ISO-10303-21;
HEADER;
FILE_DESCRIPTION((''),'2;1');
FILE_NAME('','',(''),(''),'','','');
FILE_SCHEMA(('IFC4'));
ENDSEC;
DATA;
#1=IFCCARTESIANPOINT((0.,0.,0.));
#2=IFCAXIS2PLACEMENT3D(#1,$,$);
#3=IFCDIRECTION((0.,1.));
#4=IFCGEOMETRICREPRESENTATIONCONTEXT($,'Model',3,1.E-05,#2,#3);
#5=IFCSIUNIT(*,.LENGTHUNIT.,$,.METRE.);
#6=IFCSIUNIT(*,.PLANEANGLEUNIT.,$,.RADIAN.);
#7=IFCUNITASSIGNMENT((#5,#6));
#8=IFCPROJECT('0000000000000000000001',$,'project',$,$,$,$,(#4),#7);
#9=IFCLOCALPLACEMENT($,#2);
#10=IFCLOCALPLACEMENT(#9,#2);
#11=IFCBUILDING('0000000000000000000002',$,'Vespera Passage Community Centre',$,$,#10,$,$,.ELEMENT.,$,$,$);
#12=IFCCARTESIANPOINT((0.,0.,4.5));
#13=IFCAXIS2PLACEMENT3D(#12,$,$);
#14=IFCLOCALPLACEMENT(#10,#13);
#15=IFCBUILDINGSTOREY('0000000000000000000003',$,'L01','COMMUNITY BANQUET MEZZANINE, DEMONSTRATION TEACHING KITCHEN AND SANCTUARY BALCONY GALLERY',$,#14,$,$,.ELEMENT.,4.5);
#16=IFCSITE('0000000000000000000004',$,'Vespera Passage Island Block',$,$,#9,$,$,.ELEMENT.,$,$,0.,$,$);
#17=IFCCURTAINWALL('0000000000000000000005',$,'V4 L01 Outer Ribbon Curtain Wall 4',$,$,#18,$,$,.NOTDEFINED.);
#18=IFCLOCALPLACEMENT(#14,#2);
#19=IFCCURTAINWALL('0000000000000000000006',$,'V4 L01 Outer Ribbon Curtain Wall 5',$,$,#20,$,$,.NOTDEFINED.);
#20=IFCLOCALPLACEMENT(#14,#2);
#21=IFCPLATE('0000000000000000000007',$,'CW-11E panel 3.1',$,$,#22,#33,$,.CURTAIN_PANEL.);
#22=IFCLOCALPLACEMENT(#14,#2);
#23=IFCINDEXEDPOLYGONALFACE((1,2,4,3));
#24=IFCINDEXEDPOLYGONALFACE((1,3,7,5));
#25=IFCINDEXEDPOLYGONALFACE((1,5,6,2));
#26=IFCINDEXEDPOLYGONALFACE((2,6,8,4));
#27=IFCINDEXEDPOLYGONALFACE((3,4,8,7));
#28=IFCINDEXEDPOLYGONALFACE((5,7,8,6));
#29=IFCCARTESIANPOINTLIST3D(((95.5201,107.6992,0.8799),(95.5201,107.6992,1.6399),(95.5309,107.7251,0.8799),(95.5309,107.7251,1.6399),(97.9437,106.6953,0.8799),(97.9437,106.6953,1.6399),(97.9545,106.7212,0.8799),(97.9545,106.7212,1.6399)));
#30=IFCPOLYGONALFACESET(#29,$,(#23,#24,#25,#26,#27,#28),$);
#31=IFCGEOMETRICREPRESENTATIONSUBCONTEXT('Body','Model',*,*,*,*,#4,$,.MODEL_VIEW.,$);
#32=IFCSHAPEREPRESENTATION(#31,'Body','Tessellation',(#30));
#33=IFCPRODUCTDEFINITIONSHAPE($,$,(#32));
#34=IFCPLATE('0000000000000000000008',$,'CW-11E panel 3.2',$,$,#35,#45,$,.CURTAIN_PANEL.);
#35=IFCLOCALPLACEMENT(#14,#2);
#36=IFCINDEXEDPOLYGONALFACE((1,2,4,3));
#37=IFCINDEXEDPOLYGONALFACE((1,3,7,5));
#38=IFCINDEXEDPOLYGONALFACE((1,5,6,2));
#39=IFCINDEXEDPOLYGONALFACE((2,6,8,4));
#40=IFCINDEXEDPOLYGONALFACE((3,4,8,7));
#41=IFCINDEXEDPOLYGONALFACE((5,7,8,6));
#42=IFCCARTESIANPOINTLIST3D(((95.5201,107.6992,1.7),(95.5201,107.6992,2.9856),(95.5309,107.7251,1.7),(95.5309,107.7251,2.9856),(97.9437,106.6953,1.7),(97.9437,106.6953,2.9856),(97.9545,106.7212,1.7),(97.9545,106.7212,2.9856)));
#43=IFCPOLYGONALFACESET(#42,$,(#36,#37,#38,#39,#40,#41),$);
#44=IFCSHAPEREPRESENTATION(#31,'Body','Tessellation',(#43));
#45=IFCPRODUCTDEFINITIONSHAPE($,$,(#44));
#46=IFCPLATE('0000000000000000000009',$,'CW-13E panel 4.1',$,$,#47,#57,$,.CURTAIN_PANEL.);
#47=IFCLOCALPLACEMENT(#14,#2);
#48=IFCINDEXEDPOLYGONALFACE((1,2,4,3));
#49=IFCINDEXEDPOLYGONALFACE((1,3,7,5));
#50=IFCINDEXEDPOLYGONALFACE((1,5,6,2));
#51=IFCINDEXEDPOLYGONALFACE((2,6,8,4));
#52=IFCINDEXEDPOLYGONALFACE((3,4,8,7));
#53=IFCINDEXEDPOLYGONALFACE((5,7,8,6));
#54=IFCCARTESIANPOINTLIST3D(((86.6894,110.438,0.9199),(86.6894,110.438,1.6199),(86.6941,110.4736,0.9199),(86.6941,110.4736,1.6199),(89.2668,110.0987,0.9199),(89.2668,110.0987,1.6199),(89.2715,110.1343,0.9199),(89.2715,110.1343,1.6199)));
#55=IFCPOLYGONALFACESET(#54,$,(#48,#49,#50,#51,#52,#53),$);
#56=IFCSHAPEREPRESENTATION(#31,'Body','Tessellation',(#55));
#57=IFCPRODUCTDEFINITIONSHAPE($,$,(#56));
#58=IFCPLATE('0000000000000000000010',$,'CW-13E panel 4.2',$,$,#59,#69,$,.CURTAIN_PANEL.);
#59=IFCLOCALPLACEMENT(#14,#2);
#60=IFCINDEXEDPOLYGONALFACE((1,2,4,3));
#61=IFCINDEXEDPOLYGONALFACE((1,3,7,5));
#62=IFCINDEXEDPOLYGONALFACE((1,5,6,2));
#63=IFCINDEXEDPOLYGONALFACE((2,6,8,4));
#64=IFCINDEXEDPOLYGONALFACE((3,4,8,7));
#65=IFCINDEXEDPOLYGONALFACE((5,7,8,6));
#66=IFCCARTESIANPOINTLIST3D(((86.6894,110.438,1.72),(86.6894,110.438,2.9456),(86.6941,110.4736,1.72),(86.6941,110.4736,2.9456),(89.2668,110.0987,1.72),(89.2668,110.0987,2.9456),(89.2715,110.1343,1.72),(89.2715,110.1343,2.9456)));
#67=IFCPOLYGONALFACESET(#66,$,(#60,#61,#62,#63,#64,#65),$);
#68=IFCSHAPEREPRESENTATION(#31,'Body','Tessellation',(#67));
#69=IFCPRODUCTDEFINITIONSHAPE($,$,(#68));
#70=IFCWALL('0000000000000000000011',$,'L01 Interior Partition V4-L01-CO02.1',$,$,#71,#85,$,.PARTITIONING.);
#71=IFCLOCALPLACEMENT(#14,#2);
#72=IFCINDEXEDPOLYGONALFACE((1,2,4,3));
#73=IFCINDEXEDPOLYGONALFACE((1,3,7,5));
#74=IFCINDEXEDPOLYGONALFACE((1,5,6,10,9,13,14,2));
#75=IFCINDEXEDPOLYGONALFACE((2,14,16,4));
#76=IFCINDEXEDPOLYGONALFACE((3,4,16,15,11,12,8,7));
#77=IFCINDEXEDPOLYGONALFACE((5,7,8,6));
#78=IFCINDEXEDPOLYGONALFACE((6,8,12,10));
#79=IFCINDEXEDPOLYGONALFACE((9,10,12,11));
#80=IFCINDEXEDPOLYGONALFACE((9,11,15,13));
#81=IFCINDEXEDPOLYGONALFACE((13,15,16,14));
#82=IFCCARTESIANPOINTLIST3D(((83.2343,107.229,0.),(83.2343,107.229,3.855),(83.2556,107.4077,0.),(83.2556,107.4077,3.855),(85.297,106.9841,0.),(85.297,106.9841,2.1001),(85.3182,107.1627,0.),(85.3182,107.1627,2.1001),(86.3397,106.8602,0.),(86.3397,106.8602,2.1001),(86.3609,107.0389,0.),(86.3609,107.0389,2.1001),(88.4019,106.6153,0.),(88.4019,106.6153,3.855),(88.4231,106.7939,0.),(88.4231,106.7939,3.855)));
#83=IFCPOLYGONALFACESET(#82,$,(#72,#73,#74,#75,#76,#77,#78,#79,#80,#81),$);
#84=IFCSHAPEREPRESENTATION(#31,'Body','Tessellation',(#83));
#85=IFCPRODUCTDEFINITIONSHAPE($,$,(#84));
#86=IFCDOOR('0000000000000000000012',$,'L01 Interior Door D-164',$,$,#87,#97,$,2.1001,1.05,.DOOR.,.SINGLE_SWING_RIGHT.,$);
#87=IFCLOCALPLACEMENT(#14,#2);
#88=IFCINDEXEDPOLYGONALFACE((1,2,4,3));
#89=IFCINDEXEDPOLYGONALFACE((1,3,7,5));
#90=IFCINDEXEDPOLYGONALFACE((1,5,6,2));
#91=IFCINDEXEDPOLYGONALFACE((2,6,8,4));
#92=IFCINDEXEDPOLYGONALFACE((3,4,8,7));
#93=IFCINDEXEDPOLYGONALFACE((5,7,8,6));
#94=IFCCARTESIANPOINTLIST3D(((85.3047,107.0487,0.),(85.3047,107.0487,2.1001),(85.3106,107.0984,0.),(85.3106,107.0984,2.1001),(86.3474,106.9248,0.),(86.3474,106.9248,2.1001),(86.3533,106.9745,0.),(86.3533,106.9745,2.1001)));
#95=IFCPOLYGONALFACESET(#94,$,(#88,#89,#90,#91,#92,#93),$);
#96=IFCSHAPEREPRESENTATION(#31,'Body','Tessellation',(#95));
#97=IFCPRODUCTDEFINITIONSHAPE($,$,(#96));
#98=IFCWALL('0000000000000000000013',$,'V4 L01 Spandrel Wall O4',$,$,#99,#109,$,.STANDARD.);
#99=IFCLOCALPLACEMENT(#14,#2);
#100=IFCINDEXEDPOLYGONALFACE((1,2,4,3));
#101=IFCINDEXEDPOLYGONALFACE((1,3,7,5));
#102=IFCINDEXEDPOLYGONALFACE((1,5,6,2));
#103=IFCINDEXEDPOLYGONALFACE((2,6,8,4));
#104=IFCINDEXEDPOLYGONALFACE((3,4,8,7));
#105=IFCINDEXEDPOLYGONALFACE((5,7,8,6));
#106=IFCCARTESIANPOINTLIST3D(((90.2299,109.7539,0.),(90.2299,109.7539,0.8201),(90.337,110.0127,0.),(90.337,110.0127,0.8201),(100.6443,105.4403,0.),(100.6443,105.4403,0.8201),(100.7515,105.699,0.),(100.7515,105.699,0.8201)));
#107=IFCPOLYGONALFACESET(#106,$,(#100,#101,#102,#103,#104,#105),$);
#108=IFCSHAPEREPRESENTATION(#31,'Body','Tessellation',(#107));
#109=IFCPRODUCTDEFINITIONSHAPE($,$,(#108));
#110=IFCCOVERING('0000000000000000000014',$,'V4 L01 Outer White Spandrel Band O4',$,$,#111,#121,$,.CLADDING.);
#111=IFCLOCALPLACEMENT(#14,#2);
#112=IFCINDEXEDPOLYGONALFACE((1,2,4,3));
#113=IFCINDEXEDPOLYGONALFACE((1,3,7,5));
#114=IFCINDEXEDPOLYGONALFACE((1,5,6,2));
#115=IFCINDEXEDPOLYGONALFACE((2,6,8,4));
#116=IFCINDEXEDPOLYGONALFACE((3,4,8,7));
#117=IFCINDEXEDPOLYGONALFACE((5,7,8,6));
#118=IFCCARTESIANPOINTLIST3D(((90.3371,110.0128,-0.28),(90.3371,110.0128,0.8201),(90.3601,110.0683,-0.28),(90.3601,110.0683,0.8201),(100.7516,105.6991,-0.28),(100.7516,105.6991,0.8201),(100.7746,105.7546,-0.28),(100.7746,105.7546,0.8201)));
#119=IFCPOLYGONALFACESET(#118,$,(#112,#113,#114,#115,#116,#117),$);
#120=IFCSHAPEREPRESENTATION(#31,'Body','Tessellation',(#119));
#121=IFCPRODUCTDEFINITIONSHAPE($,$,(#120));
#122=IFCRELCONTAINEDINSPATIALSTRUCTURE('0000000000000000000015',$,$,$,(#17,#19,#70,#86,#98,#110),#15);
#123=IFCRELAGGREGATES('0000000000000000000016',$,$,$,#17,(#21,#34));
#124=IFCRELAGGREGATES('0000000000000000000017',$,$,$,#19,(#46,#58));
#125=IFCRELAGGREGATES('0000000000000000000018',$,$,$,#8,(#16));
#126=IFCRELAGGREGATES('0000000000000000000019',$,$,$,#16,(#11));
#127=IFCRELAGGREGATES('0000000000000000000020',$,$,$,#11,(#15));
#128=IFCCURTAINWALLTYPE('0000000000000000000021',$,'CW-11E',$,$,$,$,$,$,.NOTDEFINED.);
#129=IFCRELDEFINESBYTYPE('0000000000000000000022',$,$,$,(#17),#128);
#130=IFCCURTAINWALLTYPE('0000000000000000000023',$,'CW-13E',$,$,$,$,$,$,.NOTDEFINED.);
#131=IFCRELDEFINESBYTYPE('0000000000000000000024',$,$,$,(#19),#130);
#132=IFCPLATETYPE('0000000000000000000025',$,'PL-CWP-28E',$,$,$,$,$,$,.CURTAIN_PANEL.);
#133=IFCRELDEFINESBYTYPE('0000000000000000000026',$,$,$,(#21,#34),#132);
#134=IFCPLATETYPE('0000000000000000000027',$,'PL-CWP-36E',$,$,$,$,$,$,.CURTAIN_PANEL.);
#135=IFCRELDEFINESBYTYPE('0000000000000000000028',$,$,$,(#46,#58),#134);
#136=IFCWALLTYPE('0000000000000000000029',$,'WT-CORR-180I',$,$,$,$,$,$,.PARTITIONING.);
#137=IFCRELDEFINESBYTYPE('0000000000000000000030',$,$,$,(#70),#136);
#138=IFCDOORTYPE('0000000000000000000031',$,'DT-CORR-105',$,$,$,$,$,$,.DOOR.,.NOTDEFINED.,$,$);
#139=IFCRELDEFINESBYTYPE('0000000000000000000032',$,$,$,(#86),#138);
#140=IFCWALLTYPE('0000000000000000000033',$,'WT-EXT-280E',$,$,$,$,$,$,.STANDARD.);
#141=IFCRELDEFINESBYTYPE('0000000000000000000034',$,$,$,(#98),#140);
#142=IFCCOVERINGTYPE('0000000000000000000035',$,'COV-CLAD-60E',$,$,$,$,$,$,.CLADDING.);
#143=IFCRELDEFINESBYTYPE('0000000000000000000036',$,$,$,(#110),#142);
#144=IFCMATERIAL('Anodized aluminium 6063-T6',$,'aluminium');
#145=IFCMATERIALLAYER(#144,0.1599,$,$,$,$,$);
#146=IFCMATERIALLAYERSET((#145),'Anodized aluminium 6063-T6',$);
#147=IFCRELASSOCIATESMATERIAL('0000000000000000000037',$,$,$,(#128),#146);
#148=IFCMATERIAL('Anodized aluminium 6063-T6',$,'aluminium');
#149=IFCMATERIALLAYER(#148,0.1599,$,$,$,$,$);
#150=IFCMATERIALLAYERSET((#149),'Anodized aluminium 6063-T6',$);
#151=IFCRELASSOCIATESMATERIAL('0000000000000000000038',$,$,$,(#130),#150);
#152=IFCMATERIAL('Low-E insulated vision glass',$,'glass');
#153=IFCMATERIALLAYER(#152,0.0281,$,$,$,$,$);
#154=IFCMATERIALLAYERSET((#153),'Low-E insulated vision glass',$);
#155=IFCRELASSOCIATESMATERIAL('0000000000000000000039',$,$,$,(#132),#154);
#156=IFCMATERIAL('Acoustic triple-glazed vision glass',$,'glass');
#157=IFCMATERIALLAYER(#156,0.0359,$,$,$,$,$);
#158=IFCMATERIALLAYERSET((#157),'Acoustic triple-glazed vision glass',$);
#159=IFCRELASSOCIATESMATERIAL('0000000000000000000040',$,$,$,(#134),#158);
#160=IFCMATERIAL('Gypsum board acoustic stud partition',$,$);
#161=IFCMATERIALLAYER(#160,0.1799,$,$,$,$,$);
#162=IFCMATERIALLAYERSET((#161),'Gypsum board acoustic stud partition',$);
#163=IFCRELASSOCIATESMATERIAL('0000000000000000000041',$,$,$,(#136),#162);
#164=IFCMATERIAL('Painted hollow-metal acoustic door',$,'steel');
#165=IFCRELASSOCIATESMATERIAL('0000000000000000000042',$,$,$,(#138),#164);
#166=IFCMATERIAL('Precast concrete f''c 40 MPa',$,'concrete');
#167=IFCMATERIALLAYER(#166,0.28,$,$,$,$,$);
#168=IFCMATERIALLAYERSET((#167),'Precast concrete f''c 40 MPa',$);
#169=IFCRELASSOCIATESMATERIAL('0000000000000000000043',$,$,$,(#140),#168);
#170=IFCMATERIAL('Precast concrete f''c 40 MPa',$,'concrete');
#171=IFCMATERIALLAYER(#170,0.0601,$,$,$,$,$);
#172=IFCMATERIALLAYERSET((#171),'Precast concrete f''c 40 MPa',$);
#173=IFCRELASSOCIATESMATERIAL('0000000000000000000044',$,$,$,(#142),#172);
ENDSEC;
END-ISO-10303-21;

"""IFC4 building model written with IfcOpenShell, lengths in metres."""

from ifc_helpers import new_model, si_unit, direction, frame, frame_2d, origin, origin_2d, place, context, subcontext, project, spatial, rectangle, extrude, material, layer, layer_set, type_object, element, fill, aggregate, save


model = new_model("IFC4")

# Units and contexts
model_context = context("Model", 3, precision=1e-05, world=origin(), true_north=direction((0.0, 1.0)))
body_context = subcontext(model_context, "Body", "Model", "MODEL_VIEW")
ifc_project = project(units=[si_unit("LENGTHUNIT", "METRE"), si_unit("PLANEANGLEUNIT", "RADIAN")], contexts=[model_context])

# Site, building, storey
site_placement = place(None, origin())
site = spatial("IfcSite", under=ifc_project, at=site_placement, Name="Vespera Passage Island Block", CompositionType="ELEMENT", RefElevation=0.0)
building_placement = place(site_placement, origin())
building = spatial("IfcBuilding", under=site, at=building_placement, Name="Vespera Passage Community Centre", CompositionType="ELEMENT")
storey_placement = place(building_placement, frame((0.0, 0.0, 4.5)))
storey = spatial("IfcBuildingStorey", under=building, at=storey_placement, Name="L01", Description="COMMUNITY BANQUET MEZZANINE, DEMONSTRATION TEACHING KITCHEN AND SANCTUARY BALCONY GALLERY", CompositionType="ELEMENT", Elevation=4.5)

# Curtain wall
ifc_material_1 = material(Name="Anodized aluminium 6063-T6", Category="aluminium")
ifc_layer_1 = layer(ifc_material_1, 0.1599)
ifc_layer_set_1 = layer_set([ifc_layer_1], Name="Anodized aluminium 6063-T6")
curtain_wall_type_1 = type_object("IfcCurtainWallType", Name="CW-11E", PredefinedType="NOTDEFINED", material=ifc_layer_set_1)
curtain_wall_1_placement = place(storey_placement, origin())
curtain_wall_1 = element("IfcCurtainWall", 1, at=curtain_wall_1_placement, inside=storey, type_object=curtain_wall_type_1, Name="V4 L01 Outer Ribbon Curtain Wall 4", PredefinedType="NOTDEFINED")

# Curtain wall
ifc_material_2 = material(Name="Anodized aluminium 6063-T6", Category="aluminium")
ifc_layer_2 = layer(ifc_material_2, 0.1599)
ifc_layer_set_2 = layer_set([ifc_layer_2], Name="Anodized aluminium 6063-T6")
curtain_wall_type_2 = type_object("IfcCurtainWallType", Name="CW-13E", PredefinedType="NOTDEFINED", material=ifc_layer_set_2)
curtain_wall_2_placement = place(storey_placement, origin())
curtain_wall_2 = element("IfcCurtainWall", 2, at=curtain_wall_2_placement, inside=storey, type_object=curtain_wall_type_2, Name="V4 L01 Outer Ribbon Curtain Wall 5", PredefinedType="NOTDEFINED")

# Plates
ifc_material_3 = material(Name="Low-E insulated vision glass", Category="glass")
ifc_layer_3 = layer(ifc_material_3, 0.0281)
ifc_layer_set_3 = layer_set([ifc_layer_3], Name="Low-E insulated vision glass")
plate_type_1 = type_object("IfcPlateType", Name="PL-CWP-28E", PredefinedType="CURTAIN_PANEL", material=ifc_layer_set_3)
plate_1_placement = place(storey_placement, frame((96.7373, 107.2102, 0.8799), z_axis=(0.0, 0.0, 1.0), x_axis=(0.92388, -0.382683, 0.0)))
plate_1 = element("IfcPlate", 3, at=plate_1_placement, type_object=plate_type_1, Name="CW-11E panel 3.1", PredefinedType="CURTAIN_PANEL", context=body_context, shape_type="SweptSolid", body=[
    extrude(rectangle(XDim=2.6233, YDim=0.0281, at=origin_2d()), origin(), (0.0, 0.0, 1.0), 0.76),
])
plate_2_placement = place(storey_placement, frame((96.7373, 107.2102, 1.7), z_axis=(0.0, 0.0, 1.0), x_axis=(0.92388, -0.382683, 0.0)))
plate_2 = element("IfcPlate", 4, at=plate_2_placement, type_object=plate_type_1, Name="CW-11E panel 3.2", PredefinedType="CURTAIN_PANEL", context=body_context, shape_type="SweptSolid", body=[
    extrude(rectangle(XDim=2.6233, YDim=0.0281, at=origin_2d()), origin(), (0.0, 0.0, 1.0), 1.2856),
])
aggregate(curtain_wall_1, [plate_1, plate_2])
ifc_material_4 = material(Name="Acoustic triple-glazed vision glass", Category="glass")
ifc_layer_4 = layer(ifc_material_4, 0.0359)
ifc_layer_set_4 = layer_set([ifc_layer_4], Name="Acoustic triple-glazed vision glass")
plate_type_2 = type_object("IfcPlateType", Name="PL-CWP-36E", PredefinedType="CURTAIN_PANEL", material=ifc_layer_set_4)
plate_3_placement = place(storey_placement, frame((87.9805, 110.2861, 0.9199), z_axis=(0.0, 0.0, 1.0), x_axis=(0.991444, -0.130531, 0.0)))
plate_3 = element("IfcPlate", 5, at=plate_3_placement, type_object=plate_type_2, Name="CW-13E panel 4.1", PredefinedType="CURTAIN_PANEL", context=body_context, shape_type="SweptSolid", body=[
    extrude(rectangle(XDim=2.5996, YDim=0.0359, at=origin_2d()), origin(), (0.0, 0.0, 1.0), 0.7),
])
plate_4_placement = place(storey_placement, frame((87.9805, 110.2861, 1.72), z_axis=(0.0, 0.0, 1.0), x_axis=(0.991444, -0.130531, 0.0)))
plate_4 = element("IfcPlate", 6, at=plate_4_placement, type_object=plate_type_2, Name="CW-13E panel 4.2", PredefinedType="CURTAIN_PANEL", context=body_context, shape_type="SweptSolid", body=[
    extrude(rectangle(XDim=2.5996, YDim=0.0359, at=origin_2d()), origin(), (0.0, 0.0, 1.0), 1.2256),
])
aggregate(curtain_wall_2, [plate_3, plate_4])

# Wall, opening, door
ifc_material_5 = material(Name="Gypsum board acoustic stud partition")
ifc_layer_5 = layer(ifc_material_5, 0.1799)
ifc_layer_set_5 = layer_set([ifc_layer_5], Name="Gypsum board acoustic stud partition")
wall_type_1 = type_object("IfcWallType", Name="WT-CORR-180I", PredefinedType="PARTITIONING", material=ifc_layer_set_5)
wall_1_placement = place(storey_placement, frame((88.4126, 106.7046, 0.0), z_axis=(0.0, 0.0, 1.0), x_axis=(-0.99302, 0.117946, 0.0)))
wall_1 = element("IfcWall", 7, at=wall_1_placement, inside=storey, type_object=wall_type_1, Name="L01 Interior Partition V4-L01-CO02.1", PredefinedType="PARTITIONING", context=body_context, shape_type="SweptSolid", body=[
    extrude(rectangle(XDim=5.2039, YDim=0.1799, at=frame_2d((2.6021, 0.0))), origin(), (0.0, 0.0, 1.0), 3.855),
])
opening_1_placement = place(wall_1_placement, frame((2.0769, 0.0, 0.0)))
opening_1 = element("IfcOpeningElement", 8, at=opening_1_placement, cuts=wall_1, PredefinedType="OPENING", context=body_context, shape_type="SweptSolid", body=[
    extrude(rectangle(XDim=1.05, YDim=2.1001, at=frame_2d((0.5249, 1.05))), frame((0.0, 0.0999, 0.0), z_axis=(0.0, -1.0, 0.0), x_axis=(1.0, 0.0, 0.0)), (0.0, 0.0, 1.0), 0.2),
])
ifc_material_6 = material(Name="Painted hollow-metal acoustic door", Category="steel")
door_type_1 = type_object("IfcDoorType", Name="DT-CORR-105", OperationType="NOTDEFINED", PredefinedType="DOOR", material=ifc_material_6)
door_1_placement = place(opening_1_placement, origin())
door_1 = element("IfcDoor", 9, at=door_1_placement, inside=storey, type_object=door_type_1, Name="L01 Interior Door D-164", OperationType="SINGLE_SWING_RIGHT", OverallHeight=2.1001, OverallWidth=1.05, PredefinedType="DOOR", context=body_context, shape_type="SweptSolid", body=[
    extrude(rectangle(XDim=1.05, YDim=2.1001, at=frame_2d((0.5249, 1.05))), frame((0.0, 0.0249, 0.0), z_axis=(0.0, -1.0, 0.0), x_axis=(1.0, 0.0, 0.0)), (0.0, 0.0, 1.0), 0.05),
])
fill(opening_1, door_1)

# Wall
ifc_material_7 = material(Name="Precast concrete f'c 40 MPa", Category="concrete")
ifc_layer_6 = layer(ifc_material_7, 0.28)
ifc_layer_set_6 = layer_set([ifc_layer_6], Name="Precast concrete f'c 40 MPa")
wall_type_2 = type_object("IfcWallType", Name="WT-EXT-280E", PredefinedType="STANDARD", material=ifc_layer_set_6)
wall_2_placement = place(storey_placement, frame((90.2834, 109.8833, 0.0), z_axis=(0.0, 0.0, 1.0), x_axis=(0.923884, -0.382674, 0.0)))
element("IfcWall", 10, at=wall_2_placement, inside=storey, type_object=wall_type_2, Name="V4 L01 Spandrel Wall O4", PredefinedType="STANDARD", context=body_context, shape_type="SweptSolid", body=[
    extrude(rectangle(XDim=11.2725, YDim=0.28, at=frame_2d((5.6362, 0.0))), origin(), (0.0, 0.0, 1.0), 0.8201),
])

# Covering
ifc_material_8 = material(Name="Precast concrete f'c 40 MPa", Category="concrete")
ifc_layer_7 = layer(ifc_material_8, 0.0601)
ifc_layer_set_7 = layer_set([ifc_layer_7], Name="Precast concrete f'c 40 MPa")
covering_type = type_object("IfcCoveringType", Name="COV-CLAD-60E", PredefinedType="CLADDING", material=ifc_layer_set_7)
covering_placement = place(storey_placement, frame((90.3486, 110.0405, -0.28), z_axis=(0.0, 0.0, 1.0), x_axis=(0.923884, -0.382674, 0.0)))
element("IfcCovering", 11, at=covering_placement, inside=storey, type_object=covering_type, Name="V4 L01 Outer White Spandrel Band O4", PredefinedType="CLADDING", context=body_context, shape_type="SweptSolid", body=[
    extrude(rectangle(XDim=11.2725, YDim=0.0601, at=frame_2d((5.6362, 0.0))), origin(), (0.0, 0.0, 1.0), 1.1001),
])

save(model, "model.ifc")
